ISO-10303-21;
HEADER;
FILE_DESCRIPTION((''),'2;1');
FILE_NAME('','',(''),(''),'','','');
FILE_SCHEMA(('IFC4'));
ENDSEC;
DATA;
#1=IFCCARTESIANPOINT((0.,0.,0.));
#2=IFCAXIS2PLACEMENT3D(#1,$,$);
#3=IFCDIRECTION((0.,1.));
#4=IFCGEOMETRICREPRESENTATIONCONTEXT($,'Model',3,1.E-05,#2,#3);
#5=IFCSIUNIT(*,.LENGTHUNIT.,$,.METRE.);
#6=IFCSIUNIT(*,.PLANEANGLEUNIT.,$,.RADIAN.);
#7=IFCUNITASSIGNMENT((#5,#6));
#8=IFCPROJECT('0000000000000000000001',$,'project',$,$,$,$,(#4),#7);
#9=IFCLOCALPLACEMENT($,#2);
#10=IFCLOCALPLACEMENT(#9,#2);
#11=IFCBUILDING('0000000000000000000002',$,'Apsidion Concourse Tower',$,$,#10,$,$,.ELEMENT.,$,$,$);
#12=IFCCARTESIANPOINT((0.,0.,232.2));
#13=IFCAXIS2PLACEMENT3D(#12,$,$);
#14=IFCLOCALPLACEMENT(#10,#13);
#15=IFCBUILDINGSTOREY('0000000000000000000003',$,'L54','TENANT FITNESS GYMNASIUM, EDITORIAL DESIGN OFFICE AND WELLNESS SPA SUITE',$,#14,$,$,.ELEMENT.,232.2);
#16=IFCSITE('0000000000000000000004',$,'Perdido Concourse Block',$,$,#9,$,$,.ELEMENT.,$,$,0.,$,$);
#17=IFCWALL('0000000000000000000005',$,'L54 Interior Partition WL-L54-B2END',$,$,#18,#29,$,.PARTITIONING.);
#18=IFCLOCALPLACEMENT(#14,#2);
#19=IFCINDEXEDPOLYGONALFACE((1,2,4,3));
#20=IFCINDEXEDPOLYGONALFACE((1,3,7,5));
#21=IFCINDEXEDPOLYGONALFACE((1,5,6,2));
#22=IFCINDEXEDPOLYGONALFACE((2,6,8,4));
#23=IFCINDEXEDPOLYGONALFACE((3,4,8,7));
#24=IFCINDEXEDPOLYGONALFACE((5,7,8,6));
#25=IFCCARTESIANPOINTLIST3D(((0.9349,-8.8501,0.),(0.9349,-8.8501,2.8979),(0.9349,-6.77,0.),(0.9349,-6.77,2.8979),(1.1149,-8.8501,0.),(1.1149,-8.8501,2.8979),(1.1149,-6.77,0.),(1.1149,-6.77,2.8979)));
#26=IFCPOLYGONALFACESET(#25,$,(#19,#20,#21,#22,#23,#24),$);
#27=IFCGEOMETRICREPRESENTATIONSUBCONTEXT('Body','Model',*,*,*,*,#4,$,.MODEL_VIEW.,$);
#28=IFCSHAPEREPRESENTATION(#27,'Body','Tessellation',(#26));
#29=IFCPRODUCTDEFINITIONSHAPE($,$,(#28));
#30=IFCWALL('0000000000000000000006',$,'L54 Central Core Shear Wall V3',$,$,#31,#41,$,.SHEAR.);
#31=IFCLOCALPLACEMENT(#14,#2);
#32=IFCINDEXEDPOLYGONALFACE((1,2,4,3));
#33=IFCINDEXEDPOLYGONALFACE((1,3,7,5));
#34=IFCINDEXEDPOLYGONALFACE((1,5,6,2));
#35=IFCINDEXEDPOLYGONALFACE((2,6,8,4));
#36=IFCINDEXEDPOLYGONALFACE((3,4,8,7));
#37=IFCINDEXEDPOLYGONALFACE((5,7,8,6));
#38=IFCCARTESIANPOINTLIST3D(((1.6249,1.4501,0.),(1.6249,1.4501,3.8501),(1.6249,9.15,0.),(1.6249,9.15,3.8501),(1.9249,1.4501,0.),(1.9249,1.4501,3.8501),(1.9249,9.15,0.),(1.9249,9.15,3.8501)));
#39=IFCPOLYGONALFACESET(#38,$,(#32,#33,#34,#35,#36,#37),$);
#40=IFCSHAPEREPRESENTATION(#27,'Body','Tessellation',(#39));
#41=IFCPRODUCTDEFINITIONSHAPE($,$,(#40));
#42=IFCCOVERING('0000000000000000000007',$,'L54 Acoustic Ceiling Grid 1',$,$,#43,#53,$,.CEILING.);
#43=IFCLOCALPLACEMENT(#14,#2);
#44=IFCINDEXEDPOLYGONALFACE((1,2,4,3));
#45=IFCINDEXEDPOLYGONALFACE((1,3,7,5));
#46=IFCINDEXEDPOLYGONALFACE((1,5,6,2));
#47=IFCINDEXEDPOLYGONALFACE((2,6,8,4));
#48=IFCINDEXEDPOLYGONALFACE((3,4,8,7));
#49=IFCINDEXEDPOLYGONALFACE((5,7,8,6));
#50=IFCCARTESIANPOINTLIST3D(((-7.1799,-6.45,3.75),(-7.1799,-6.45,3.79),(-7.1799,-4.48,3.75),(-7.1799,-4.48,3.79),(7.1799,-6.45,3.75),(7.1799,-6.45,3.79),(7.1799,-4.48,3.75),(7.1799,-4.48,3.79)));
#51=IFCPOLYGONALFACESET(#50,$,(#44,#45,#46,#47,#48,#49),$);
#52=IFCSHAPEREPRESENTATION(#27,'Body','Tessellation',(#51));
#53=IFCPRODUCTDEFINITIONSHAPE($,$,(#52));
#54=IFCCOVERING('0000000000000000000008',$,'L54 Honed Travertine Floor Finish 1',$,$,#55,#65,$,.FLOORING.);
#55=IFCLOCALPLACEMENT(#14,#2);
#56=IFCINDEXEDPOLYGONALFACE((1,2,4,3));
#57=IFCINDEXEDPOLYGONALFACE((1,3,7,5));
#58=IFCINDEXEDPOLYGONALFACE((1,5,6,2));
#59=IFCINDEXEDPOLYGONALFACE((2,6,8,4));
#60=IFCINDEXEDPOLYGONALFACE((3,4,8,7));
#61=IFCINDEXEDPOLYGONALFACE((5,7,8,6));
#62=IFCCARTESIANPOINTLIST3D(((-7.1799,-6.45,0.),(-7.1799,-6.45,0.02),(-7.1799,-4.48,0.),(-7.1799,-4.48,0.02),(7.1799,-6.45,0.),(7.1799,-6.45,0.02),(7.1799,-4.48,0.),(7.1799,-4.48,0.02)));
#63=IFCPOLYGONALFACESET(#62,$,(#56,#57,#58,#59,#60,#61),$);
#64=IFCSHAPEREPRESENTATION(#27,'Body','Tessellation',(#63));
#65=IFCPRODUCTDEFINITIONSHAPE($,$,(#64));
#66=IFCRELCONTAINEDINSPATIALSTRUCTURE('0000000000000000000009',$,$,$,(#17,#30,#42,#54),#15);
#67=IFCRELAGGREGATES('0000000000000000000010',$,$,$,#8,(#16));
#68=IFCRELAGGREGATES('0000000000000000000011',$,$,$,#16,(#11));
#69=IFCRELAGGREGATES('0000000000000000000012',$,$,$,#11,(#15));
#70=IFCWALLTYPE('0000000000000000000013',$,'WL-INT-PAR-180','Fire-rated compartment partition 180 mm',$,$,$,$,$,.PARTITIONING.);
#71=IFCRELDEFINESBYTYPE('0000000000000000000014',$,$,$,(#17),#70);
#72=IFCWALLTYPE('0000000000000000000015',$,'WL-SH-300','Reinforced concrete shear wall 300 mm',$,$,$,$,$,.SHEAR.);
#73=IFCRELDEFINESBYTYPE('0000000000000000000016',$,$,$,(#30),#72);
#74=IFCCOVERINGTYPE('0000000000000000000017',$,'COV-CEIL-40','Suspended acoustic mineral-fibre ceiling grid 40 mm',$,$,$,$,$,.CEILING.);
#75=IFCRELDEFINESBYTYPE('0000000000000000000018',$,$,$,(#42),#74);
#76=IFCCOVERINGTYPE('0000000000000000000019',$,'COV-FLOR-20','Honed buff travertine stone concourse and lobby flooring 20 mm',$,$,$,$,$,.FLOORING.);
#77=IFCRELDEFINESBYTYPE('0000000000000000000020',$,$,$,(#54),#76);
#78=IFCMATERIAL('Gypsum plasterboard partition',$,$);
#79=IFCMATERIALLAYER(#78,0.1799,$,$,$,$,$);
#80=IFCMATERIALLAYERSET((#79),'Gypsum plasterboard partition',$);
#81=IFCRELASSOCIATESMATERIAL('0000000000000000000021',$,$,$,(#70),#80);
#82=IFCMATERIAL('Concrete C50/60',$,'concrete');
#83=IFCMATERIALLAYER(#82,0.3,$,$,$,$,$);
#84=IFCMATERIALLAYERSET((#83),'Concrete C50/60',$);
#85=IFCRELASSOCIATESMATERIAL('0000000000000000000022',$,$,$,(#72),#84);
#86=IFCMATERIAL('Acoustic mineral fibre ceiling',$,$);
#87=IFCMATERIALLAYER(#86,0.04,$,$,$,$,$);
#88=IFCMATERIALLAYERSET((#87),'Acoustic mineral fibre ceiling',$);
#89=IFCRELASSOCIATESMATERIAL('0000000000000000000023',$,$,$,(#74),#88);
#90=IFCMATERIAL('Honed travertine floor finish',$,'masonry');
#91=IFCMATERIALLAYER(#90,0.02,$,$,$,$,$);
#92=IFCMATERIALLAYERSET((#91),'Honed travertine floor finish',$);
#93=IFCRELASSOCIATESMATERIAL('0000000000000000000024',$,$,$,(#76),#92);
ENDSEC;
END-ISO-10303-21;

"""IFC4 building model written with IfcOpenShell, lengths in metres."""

from ifc_helpers import new_model, si_unit, direction, frame, frame_2d, origin, place, context, subcontext, project, spatial, polyline, rectangle, outline, extrude, material, layer, layer_set, type_object, element, save


model = new_model("IFC4")

# Units and contexts
model_context = context("Model", 3, precision=1e-05, world=origin(), true_north=direction((0.0, 1.0)))
body_context = subcontext(model_context, "Body", "Model", "MODEL_VIEW")
ifc_project = project(units=[si_unit("LENGTHUNIT", "METRE"), si_unit("PLANEANGLEUNIT", "RADIAN")], contexts=[model_context])

# Site, building, storey
site_placement = place(None, origin())
site = spatial("IfcSite", under=ifc_project, at=site_placement, Name="Perdido Concourse Block", CompositionType="ELEMENT", RefElevation=0.0)
building_placement = place(site_placement, origin())
building = spatial("IfcBuilding", under=site, at=building_placement, Name="Apsidion Concourse Tower", CompositionType="ELEMENT")
storey_placement = place(building_placement, frame((0.0, 0.0, 232.2)))
storey = spatial("IfcBuildingStorey", under=building, at=storey_placement, Name="L54", Description="TENANT FITNESS GYMNASIUM, EDITORIAL DESIGN OFFICE AND WELLNESS SPA SUITE", CompositionType="ELEMENT", Elevation=232.2)

# Shared definitions
ifc_material_1 = material(Name="Concrete C50/60", Category="concrete")

# Wall
ifc_material_2 = material(Name="Gypsum plasterboard partition")
ifc_layer_1 = layer(ifc_material_2, 0.1799)
ifc_layer_set_1 = layer_set([ifc_layer_1], Name="Gypsum plasterboard partition")
wall_type_1 = type_object("IfcWallType", Name="WL-INT-PAR-180", Description="Fire-rated compartment partition 180 mm", PredefinedType="PARTITIONING", material=ifc_layer_set_1)
wall_1_placement = place(storey_placement, frame((1.0249, -8.8501, 0.0), z_axis=(0.0, 0.0, 1.0), x_axis=(0.0, 1.0, 0.0)))
element("IfcWall", 1, at=wall_1_placement, inside=storey, type_object=wall_type_1, Name="L54 Interior Partition WL-L54-B2END", PredefinedType="PARTITIONING", context=body_context, shape_type="SweptSolid", body=[
    extrude(rectangle(XDim=2.0801, YDim=0.1799, at=frame_2d((1.04, 0.0))), origin(), (0.0, 0.0, 1.0), 2.8979),
])

# Wall
ifc_layer_2 = layer(ifc_material_1, 0.3)
ifc_layer_set_2 = layer_set([ifc_layer_2], Name="Concrete C50/60")
wall_type_2 = type_object("IfcWallType", Name="WL-SH-300", Description="Reinforced concrete shear wall 300 mm", PredefinedType="SHEAR", material=ifc_layer_set_2)
wall_2_placement = place(storey_placement, frame((1.7749, 1.45, 0.0), z_axis=(0.0, 0.0, 1.0), x_axis=(0.0, 1.0, 0.0)))
element("IfcWall", 2, at=wall_2_placement, inside=storey, type_object=wall_type_2, Name="L54 Central Core Shear Wall V3", PredefinedType="SHEAR", context=body_context, shape_type="SweptSolid", body=[
    extrude(rectangle(XDim=7.7, YDim=0.3, at=frame_2d((3.8501, 0.0))), origin(), (0.0, 0.0, 1.0), 3.8501),
])

# Coverings
ifc_material_3 = material(Name="Acoustic mineral fibre ceiling")
ifc_layer_3 = layer(ifc_material_3, 0.04)
ifc_layer_set_3 = layer_set([ifc_layer_3], Name="Acoustic mineral fibre ceiling")
covering_type_1 = type_object("IfcCoveringType", Name="COV-CEIL-40", Description="Suspended acoustic mineral-fibre ceiling grid 40 mm", PredefinedType="CEILING", material=ifc_layer_set_3)
covering_1_placement = place(storey_placement, frame((0.0, 0.0, 3.75)))
element("IfcCovering", 3, at=covering_1_placement, inside=storey, type_object=covering_type_1, Name="L54 Acoustic Ceiling Grid 1", PredefinedType="CEILING", context=body_context, shape_type="SweptSolid", body=[
    extrude(outline(polyline([(-7.1799, -6.45), (-7.1799, -4.48), (7.1799, -4.48), (7.1799, -6.45), (-7.1799, -6.45)])), origin(), (0.0, 0.0, 1.0), 0.04),
])
ifc_material_4 = material(Name="Honed travertine floor finish", Category="masonry")
ifc_layer_4 = layer(ifc_material_4, 0.02)
ifc_layer_set_4 = layer_set([ifc_layer_4], Name="Honed travertine floor finish")
covering_type_2 = type_object("IfcCoveringType", Name="COV-FLOR-20", Description="Honed buff travertine stone concourse and lobby flooring 20 mm", PredefinedType="FLOORING", material=ifc_layer_set_4)
covering_2_placement = place(storey_placement, origin())
element("IfcCovering", 4, at=covering_2_placement, inside=storey, type_object=covering_type_2, Name="L54 Honed Travertine Floor Finish 1", PredefinedType="FLOORING", context=body_context, shape_type="SweptSolid", body=[
    extrude(outline(polyline([(-7.1799, -6.45), (-7.1799, -4.48), (7.1799, -4.48), (7.1799, -6.45), (-7.1799, -6.45)])), origin(), (0.0, 0.0, 1.0), 0.02),
])

save(model, "model.ifc")
